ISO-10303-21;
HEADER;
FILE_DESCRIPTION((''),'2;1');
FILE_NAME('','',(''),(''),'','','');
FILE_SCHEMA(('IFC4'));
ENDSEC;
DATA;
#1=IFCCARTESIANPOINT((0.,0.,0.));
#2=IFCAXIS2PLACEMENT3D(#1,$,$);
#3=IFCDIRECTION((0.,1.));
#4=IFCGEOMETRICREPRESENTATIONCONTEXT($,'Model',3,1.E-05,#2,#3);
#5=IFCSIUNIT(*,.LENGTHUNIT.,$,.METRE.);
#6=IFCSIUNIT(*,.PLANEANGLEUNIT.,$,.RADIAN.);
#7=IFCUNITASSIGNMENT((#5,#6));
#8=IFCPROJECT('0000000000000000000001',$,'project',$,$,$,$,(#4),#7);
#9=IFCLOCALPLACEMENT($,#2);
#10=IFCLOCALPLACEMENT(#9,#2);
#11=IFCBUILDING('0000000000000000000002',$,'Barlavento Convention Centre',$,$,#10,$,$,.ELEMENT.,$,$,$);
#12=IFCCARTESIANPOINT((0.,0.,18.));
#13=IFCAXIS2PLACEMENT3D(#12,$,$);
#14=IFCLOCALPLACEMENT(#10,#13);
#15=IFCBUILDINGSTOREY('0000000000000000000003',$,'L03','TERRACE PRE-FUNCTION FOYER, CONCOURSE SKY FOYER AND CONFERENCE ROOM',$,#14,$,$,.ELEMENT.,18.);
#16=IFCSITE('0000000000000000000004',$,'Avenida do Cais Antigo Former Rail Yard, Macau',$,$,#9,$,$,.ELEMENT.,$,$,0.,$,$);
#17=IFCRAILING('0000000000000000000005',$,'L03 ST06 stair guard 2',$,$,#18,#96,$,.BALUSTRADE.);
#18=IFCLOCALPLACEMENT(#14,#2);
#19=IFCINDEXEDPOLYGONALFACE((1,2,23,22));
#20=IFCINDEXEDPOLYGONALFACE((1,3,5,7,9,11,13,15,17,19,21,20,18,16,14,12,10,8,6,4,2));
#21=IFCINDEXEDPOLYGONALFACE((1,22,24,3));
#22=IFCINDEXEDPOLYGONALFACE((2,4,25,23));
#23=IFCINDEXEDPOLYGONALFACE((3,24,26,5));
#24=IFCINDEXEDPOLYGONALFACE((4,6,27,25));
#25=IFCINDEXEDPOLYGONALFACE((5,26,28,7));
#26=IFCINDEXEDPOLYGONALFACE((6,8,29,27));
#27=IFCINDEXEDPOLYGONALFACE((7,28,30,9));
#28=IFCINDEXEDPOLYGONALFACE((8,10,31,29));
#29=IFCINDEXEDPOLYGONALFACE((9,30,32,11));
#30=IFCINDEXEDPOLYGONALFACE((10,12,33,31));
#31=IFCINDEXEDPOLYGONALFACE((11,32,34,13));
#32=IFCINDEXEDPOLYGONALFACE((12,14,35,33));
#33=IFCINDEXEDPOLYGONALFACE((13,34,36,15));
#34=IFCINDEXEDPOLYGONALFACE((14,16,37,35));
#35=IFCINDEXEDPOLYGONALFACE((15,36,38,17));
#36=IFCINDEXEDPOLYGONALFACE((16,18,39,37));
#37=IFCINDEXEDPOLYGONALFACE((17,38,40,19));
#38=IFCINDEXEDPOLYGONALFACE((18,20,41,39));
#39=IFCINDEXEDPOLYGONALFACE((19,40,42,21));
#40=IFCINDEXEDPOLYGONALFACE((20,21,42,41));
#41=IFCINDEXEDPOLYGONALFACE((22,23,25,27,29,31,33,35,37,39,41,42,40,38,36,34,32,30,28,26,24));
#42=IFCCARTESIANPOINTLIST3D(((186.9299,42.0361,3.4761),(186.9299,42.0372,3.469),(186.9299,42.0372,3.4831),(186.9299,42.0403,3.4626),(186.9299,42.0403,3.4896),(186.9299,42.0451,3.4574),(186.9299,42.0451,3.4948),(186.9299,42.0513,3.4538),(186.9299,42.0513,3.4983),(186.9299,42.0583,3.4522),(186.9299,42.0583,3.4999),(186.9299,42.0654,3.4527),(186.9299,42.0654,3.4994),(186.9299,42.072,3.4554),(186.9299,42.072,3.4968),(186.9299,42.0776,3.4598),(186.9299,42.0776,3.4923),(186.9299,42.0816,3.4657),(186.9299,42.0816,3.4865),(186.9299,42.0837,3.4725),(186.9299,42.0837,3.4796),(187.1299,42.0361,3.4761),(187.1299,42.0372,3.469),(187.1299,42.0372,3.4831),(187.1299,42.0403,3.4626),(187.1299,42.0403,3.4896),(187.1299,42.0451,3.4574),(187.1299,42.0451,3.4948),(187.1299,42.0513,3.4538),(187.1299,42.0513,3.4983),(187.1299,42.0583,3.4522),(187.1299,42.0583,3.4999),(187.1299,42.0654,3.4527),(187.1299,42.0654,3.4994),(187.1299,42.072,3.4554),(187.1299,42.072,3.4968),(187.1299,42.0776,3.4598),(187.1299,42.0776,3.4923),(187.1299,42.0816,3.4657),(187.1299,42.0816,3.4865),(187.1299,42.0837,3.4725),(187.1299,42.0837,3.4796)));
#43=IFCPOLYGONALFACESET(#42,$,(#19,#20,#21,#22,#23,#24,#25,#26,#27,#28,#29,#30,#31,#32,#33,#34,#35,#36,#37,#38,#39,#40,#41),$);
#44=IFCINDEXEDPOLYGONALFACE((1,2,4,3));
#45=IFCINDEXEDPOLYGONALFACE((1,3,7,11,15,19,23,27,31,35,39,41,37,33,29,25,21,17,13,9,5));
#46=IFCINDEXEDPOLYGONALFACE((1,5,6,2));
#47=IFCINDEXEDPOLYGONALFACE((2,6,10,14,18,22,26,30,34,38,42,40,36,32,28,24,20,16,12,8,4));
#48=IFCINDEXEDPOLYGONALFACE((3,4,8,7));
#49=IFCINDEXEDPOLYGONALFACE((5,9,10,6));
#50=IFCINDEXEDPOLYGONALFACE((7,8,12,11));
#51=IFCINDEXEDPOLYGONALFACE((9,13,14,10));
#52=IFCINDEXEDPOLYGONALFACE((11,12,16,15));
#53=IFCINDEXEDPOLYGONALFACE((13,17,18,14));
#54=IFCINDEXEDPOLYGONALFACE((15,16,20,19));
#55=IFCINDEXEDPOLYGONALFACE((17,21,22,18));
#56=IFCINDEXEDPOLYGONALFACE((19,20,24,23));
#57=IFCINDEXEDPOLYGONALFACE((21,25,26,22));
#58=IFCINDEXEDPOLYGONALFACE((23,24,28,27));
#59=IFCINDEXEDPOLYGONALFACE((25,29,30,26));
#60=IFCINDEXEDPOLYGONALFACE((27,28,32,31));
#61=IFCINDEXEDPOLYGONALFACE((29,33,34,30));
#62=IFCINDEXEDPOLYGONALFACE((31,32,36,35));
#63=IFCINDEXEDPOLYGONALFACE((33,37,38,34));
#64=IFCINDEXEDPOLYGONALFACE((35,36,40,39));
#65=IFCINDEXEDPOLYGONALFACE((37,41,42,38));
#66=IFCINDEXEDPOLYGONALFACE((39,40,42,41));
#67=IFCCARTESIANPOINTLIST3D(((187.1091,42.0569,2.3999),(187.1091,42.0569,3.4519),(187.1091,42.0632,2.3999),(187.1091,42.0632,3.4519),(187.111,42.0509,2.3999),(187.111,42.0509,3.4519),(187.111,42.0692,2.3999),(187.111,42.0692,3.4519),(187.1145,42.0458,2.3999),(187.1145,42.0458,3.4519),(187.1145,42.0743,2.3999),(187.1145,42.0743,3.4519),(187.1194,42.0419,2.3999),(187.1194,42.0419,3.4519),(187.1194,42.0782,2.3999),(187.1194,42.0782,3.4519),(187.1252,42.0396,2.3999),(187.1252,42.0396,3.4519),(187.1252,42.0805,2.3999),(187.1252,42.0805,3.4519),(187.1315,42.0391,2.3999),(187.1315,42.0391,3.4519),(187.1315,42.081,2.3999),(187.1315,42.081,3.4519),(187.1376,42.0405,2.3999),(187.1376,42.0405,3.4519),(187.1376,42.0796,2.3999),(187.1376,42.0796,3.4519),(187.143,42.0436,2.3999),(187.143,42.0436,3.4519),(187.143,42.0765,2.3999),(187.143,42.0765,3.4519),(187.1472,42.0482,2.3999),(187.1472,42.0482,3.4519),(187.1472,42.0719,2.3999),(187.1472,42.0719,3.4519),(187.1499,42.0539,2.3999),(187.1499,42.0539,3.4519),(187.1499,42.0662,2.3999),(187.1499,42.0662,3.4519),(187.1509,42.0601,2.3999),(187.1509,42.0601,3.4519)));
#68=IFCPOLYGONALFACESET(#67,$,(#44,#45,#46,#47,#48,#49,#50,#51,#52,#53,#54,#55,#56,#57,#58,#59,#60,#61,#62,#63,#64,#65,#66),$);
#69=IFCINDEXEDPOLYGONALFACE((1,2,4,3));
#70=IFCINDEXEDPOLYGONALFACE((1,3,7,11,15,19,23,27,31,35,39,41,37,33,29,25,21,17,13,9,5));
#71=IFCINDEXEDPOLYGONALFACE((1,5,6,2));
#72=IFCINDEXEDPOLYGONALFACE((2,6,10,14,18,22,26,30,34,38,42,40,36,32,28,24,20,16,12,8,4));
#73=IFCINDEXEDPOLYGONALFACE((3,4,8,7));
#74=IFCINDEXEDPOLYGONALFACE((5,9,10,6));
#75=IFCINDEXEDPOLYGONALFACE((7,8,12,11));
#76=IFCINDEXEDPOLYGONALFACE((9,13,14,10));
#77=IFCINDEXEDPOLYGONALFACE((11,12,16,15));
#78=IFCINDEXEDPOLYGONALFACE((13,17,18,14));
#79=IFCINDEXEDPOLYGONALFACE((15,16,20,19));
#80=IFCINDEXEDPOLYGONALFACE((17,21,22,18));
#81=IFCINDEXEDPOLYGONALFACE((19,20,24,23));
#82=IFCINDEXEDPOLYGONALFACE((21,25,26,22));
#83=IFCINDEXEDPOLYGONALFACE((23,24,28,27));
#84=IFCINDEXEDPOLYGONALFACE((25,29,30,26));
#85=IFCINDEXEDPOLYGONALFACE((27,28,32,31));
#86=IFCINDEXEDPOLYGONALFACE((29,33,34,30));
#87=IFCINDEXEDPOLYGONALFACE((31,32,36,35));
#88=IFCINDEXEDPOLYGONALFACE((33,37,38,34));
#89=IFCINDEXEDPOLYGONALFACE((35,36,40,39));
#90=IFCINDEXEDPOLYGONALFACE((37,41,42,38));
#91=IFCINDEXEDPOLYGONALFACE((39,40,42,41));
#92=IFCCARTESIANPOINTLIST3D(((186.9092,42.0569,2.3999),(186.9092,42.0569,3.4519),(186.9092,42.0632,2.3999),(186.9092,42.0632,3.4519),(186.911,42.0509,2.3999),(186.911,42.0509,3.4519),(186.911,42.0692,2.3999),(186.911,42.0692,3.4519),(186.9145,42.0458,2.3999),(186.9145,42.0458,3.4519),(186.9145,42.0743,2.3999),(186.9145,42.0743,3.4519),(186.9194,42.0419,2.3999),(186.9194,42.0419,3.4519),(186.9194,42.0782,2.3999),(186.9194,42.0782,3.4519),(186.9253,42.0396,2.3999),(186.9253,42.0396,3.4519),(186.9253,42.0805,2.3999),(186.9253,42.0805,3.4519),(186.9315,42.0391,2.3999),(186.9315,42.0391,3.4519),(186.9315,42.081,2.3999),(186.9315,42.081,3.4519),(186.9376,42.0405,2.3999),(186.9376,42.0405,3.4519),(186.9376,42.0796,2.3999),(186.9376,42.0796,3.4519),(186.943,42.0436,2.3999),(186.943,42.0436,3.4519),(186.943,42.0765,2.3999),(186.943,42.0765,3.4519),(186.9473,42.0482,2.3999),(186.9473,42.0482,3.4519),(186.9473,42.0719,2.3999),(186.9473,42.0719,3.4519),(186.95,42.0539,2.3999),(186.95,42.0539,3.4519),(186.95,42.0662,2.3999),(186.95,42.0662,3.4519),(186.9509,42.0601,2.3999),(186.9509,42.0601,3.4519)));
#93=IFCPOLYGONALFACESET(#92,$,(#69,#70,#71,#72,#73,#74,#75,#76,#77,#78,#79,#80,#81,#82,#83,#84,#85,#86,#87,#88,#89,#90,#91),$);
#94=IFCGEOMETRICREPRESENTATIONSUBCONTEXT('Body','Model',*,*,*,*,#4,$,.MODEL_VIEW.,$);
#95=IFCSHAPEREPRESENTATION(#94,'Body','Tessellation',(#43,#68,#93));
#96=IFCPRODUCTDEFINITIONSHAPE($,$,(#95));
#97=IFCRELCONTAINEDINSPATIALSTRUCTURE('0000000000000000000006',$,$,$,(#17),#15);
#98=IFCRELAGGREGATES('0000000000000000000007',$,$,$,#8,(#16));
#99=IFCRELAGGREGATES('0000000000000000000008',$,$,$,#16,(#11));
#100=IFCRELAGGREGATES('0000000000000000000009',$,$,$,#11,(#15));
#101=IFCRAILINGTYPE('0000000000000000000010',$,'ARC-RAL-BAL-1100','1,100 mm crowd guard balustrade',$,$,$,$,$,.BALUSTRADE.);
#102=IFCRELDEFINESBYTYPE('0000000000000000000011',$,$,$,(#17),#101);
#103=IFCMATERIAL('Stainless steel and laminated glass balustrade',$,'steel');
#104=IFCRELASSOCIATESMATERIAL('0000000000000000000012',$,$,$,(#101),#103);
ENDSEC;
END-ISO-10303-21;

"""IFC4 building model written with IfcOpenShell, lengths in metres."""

from ifc_helpers import new_model, si_unit, direction, frame, origin, origin_2d, place, context, subcontext, project, spatial, circle, extrude, material, type_object, element, save


model = new_model("IFC4")

# Units and contexts
model_context = context("Model", 3, precision=1e-05, world=origin(), true_north=direction((0.0, 1.0)))
body_context = subcontext(model_context, "Body", "Model", "MODEL_VIEW")
ifc_project = project(units=[si_unit("LENGTHUNIT", "METRE"), si_unit("PLANEANGLEUNIT", "RADIAN")], contexts=[model_context])

# Site, building, storey
site_placement = place(None, origin())
site = spatial("IfcSite", under=ifc_project, at=site_placement, Name="Avenida do Cais Antigo Former Rail Yard, Macau", CompositionType="ELEMENT", RefElevation=0.0)
building_placement = place(site_placement, origin())
building = spatial("IfcBuilding", under=site, at=building_placement, Name="Barlavento Convention Centre", CompositionType="ELEMENT")
storey_placement = place(building_placement, frame((0.0, 0.0, 18.0)))
storey = spatial("IfcBuildingStorey", under=building, at=storey_placement, Name="L03", Description="TERRACE PRE-FUNCTION FOYER, CONCOURSE SKY FOYER AND CONFERENCE ROOM", CompositionType="ELEMENT", Elevation=18.0)

# Railing
ifc_material_1 = material(Name="Stainless steel and laminated glass balustrade", Category="steel")
railing_type_1 = type_object("IfcRailingType", Name="ARC-RAL-BAL-1100", Description="1,100 mm crowd guard balustrade", PredefinedType="BALUSTRADE", material=ifc_material_1)
railing_1_placement = place(storey_placement, frame((187.1299, 42.0601, 2.3999)))
element("IfcRailing", 1, at=railing_1_placement, inside=storey, type_object=railing_type_1, Name="L03 ST06 stair guard 2", PredefinedType="BALUSTRADE", context=body_context, shape_type="SweptSolid", body=[
    extrude(circle(Radius=0.0239, at=origin_2d()), frame((0.0, 0.0, 1.0762), z_axis=(-1.0, 0.0, 0.0), x_axis=(0.0, -1.0, 0.0)), (0.0, 0.0, 1.0), 0.2),
    extrude(circle(Radius=0.021, at=origin_2d()), origin(), (0.0, 0.0, 1.0), 1.052),
    extrude(circle(Radius=0.021, at=origin_2d()), frame((-0.2, 0.0, 0.0)), (0.0, 0.0, 1.0), 1.052),
])

save(model, "model.ifc")
